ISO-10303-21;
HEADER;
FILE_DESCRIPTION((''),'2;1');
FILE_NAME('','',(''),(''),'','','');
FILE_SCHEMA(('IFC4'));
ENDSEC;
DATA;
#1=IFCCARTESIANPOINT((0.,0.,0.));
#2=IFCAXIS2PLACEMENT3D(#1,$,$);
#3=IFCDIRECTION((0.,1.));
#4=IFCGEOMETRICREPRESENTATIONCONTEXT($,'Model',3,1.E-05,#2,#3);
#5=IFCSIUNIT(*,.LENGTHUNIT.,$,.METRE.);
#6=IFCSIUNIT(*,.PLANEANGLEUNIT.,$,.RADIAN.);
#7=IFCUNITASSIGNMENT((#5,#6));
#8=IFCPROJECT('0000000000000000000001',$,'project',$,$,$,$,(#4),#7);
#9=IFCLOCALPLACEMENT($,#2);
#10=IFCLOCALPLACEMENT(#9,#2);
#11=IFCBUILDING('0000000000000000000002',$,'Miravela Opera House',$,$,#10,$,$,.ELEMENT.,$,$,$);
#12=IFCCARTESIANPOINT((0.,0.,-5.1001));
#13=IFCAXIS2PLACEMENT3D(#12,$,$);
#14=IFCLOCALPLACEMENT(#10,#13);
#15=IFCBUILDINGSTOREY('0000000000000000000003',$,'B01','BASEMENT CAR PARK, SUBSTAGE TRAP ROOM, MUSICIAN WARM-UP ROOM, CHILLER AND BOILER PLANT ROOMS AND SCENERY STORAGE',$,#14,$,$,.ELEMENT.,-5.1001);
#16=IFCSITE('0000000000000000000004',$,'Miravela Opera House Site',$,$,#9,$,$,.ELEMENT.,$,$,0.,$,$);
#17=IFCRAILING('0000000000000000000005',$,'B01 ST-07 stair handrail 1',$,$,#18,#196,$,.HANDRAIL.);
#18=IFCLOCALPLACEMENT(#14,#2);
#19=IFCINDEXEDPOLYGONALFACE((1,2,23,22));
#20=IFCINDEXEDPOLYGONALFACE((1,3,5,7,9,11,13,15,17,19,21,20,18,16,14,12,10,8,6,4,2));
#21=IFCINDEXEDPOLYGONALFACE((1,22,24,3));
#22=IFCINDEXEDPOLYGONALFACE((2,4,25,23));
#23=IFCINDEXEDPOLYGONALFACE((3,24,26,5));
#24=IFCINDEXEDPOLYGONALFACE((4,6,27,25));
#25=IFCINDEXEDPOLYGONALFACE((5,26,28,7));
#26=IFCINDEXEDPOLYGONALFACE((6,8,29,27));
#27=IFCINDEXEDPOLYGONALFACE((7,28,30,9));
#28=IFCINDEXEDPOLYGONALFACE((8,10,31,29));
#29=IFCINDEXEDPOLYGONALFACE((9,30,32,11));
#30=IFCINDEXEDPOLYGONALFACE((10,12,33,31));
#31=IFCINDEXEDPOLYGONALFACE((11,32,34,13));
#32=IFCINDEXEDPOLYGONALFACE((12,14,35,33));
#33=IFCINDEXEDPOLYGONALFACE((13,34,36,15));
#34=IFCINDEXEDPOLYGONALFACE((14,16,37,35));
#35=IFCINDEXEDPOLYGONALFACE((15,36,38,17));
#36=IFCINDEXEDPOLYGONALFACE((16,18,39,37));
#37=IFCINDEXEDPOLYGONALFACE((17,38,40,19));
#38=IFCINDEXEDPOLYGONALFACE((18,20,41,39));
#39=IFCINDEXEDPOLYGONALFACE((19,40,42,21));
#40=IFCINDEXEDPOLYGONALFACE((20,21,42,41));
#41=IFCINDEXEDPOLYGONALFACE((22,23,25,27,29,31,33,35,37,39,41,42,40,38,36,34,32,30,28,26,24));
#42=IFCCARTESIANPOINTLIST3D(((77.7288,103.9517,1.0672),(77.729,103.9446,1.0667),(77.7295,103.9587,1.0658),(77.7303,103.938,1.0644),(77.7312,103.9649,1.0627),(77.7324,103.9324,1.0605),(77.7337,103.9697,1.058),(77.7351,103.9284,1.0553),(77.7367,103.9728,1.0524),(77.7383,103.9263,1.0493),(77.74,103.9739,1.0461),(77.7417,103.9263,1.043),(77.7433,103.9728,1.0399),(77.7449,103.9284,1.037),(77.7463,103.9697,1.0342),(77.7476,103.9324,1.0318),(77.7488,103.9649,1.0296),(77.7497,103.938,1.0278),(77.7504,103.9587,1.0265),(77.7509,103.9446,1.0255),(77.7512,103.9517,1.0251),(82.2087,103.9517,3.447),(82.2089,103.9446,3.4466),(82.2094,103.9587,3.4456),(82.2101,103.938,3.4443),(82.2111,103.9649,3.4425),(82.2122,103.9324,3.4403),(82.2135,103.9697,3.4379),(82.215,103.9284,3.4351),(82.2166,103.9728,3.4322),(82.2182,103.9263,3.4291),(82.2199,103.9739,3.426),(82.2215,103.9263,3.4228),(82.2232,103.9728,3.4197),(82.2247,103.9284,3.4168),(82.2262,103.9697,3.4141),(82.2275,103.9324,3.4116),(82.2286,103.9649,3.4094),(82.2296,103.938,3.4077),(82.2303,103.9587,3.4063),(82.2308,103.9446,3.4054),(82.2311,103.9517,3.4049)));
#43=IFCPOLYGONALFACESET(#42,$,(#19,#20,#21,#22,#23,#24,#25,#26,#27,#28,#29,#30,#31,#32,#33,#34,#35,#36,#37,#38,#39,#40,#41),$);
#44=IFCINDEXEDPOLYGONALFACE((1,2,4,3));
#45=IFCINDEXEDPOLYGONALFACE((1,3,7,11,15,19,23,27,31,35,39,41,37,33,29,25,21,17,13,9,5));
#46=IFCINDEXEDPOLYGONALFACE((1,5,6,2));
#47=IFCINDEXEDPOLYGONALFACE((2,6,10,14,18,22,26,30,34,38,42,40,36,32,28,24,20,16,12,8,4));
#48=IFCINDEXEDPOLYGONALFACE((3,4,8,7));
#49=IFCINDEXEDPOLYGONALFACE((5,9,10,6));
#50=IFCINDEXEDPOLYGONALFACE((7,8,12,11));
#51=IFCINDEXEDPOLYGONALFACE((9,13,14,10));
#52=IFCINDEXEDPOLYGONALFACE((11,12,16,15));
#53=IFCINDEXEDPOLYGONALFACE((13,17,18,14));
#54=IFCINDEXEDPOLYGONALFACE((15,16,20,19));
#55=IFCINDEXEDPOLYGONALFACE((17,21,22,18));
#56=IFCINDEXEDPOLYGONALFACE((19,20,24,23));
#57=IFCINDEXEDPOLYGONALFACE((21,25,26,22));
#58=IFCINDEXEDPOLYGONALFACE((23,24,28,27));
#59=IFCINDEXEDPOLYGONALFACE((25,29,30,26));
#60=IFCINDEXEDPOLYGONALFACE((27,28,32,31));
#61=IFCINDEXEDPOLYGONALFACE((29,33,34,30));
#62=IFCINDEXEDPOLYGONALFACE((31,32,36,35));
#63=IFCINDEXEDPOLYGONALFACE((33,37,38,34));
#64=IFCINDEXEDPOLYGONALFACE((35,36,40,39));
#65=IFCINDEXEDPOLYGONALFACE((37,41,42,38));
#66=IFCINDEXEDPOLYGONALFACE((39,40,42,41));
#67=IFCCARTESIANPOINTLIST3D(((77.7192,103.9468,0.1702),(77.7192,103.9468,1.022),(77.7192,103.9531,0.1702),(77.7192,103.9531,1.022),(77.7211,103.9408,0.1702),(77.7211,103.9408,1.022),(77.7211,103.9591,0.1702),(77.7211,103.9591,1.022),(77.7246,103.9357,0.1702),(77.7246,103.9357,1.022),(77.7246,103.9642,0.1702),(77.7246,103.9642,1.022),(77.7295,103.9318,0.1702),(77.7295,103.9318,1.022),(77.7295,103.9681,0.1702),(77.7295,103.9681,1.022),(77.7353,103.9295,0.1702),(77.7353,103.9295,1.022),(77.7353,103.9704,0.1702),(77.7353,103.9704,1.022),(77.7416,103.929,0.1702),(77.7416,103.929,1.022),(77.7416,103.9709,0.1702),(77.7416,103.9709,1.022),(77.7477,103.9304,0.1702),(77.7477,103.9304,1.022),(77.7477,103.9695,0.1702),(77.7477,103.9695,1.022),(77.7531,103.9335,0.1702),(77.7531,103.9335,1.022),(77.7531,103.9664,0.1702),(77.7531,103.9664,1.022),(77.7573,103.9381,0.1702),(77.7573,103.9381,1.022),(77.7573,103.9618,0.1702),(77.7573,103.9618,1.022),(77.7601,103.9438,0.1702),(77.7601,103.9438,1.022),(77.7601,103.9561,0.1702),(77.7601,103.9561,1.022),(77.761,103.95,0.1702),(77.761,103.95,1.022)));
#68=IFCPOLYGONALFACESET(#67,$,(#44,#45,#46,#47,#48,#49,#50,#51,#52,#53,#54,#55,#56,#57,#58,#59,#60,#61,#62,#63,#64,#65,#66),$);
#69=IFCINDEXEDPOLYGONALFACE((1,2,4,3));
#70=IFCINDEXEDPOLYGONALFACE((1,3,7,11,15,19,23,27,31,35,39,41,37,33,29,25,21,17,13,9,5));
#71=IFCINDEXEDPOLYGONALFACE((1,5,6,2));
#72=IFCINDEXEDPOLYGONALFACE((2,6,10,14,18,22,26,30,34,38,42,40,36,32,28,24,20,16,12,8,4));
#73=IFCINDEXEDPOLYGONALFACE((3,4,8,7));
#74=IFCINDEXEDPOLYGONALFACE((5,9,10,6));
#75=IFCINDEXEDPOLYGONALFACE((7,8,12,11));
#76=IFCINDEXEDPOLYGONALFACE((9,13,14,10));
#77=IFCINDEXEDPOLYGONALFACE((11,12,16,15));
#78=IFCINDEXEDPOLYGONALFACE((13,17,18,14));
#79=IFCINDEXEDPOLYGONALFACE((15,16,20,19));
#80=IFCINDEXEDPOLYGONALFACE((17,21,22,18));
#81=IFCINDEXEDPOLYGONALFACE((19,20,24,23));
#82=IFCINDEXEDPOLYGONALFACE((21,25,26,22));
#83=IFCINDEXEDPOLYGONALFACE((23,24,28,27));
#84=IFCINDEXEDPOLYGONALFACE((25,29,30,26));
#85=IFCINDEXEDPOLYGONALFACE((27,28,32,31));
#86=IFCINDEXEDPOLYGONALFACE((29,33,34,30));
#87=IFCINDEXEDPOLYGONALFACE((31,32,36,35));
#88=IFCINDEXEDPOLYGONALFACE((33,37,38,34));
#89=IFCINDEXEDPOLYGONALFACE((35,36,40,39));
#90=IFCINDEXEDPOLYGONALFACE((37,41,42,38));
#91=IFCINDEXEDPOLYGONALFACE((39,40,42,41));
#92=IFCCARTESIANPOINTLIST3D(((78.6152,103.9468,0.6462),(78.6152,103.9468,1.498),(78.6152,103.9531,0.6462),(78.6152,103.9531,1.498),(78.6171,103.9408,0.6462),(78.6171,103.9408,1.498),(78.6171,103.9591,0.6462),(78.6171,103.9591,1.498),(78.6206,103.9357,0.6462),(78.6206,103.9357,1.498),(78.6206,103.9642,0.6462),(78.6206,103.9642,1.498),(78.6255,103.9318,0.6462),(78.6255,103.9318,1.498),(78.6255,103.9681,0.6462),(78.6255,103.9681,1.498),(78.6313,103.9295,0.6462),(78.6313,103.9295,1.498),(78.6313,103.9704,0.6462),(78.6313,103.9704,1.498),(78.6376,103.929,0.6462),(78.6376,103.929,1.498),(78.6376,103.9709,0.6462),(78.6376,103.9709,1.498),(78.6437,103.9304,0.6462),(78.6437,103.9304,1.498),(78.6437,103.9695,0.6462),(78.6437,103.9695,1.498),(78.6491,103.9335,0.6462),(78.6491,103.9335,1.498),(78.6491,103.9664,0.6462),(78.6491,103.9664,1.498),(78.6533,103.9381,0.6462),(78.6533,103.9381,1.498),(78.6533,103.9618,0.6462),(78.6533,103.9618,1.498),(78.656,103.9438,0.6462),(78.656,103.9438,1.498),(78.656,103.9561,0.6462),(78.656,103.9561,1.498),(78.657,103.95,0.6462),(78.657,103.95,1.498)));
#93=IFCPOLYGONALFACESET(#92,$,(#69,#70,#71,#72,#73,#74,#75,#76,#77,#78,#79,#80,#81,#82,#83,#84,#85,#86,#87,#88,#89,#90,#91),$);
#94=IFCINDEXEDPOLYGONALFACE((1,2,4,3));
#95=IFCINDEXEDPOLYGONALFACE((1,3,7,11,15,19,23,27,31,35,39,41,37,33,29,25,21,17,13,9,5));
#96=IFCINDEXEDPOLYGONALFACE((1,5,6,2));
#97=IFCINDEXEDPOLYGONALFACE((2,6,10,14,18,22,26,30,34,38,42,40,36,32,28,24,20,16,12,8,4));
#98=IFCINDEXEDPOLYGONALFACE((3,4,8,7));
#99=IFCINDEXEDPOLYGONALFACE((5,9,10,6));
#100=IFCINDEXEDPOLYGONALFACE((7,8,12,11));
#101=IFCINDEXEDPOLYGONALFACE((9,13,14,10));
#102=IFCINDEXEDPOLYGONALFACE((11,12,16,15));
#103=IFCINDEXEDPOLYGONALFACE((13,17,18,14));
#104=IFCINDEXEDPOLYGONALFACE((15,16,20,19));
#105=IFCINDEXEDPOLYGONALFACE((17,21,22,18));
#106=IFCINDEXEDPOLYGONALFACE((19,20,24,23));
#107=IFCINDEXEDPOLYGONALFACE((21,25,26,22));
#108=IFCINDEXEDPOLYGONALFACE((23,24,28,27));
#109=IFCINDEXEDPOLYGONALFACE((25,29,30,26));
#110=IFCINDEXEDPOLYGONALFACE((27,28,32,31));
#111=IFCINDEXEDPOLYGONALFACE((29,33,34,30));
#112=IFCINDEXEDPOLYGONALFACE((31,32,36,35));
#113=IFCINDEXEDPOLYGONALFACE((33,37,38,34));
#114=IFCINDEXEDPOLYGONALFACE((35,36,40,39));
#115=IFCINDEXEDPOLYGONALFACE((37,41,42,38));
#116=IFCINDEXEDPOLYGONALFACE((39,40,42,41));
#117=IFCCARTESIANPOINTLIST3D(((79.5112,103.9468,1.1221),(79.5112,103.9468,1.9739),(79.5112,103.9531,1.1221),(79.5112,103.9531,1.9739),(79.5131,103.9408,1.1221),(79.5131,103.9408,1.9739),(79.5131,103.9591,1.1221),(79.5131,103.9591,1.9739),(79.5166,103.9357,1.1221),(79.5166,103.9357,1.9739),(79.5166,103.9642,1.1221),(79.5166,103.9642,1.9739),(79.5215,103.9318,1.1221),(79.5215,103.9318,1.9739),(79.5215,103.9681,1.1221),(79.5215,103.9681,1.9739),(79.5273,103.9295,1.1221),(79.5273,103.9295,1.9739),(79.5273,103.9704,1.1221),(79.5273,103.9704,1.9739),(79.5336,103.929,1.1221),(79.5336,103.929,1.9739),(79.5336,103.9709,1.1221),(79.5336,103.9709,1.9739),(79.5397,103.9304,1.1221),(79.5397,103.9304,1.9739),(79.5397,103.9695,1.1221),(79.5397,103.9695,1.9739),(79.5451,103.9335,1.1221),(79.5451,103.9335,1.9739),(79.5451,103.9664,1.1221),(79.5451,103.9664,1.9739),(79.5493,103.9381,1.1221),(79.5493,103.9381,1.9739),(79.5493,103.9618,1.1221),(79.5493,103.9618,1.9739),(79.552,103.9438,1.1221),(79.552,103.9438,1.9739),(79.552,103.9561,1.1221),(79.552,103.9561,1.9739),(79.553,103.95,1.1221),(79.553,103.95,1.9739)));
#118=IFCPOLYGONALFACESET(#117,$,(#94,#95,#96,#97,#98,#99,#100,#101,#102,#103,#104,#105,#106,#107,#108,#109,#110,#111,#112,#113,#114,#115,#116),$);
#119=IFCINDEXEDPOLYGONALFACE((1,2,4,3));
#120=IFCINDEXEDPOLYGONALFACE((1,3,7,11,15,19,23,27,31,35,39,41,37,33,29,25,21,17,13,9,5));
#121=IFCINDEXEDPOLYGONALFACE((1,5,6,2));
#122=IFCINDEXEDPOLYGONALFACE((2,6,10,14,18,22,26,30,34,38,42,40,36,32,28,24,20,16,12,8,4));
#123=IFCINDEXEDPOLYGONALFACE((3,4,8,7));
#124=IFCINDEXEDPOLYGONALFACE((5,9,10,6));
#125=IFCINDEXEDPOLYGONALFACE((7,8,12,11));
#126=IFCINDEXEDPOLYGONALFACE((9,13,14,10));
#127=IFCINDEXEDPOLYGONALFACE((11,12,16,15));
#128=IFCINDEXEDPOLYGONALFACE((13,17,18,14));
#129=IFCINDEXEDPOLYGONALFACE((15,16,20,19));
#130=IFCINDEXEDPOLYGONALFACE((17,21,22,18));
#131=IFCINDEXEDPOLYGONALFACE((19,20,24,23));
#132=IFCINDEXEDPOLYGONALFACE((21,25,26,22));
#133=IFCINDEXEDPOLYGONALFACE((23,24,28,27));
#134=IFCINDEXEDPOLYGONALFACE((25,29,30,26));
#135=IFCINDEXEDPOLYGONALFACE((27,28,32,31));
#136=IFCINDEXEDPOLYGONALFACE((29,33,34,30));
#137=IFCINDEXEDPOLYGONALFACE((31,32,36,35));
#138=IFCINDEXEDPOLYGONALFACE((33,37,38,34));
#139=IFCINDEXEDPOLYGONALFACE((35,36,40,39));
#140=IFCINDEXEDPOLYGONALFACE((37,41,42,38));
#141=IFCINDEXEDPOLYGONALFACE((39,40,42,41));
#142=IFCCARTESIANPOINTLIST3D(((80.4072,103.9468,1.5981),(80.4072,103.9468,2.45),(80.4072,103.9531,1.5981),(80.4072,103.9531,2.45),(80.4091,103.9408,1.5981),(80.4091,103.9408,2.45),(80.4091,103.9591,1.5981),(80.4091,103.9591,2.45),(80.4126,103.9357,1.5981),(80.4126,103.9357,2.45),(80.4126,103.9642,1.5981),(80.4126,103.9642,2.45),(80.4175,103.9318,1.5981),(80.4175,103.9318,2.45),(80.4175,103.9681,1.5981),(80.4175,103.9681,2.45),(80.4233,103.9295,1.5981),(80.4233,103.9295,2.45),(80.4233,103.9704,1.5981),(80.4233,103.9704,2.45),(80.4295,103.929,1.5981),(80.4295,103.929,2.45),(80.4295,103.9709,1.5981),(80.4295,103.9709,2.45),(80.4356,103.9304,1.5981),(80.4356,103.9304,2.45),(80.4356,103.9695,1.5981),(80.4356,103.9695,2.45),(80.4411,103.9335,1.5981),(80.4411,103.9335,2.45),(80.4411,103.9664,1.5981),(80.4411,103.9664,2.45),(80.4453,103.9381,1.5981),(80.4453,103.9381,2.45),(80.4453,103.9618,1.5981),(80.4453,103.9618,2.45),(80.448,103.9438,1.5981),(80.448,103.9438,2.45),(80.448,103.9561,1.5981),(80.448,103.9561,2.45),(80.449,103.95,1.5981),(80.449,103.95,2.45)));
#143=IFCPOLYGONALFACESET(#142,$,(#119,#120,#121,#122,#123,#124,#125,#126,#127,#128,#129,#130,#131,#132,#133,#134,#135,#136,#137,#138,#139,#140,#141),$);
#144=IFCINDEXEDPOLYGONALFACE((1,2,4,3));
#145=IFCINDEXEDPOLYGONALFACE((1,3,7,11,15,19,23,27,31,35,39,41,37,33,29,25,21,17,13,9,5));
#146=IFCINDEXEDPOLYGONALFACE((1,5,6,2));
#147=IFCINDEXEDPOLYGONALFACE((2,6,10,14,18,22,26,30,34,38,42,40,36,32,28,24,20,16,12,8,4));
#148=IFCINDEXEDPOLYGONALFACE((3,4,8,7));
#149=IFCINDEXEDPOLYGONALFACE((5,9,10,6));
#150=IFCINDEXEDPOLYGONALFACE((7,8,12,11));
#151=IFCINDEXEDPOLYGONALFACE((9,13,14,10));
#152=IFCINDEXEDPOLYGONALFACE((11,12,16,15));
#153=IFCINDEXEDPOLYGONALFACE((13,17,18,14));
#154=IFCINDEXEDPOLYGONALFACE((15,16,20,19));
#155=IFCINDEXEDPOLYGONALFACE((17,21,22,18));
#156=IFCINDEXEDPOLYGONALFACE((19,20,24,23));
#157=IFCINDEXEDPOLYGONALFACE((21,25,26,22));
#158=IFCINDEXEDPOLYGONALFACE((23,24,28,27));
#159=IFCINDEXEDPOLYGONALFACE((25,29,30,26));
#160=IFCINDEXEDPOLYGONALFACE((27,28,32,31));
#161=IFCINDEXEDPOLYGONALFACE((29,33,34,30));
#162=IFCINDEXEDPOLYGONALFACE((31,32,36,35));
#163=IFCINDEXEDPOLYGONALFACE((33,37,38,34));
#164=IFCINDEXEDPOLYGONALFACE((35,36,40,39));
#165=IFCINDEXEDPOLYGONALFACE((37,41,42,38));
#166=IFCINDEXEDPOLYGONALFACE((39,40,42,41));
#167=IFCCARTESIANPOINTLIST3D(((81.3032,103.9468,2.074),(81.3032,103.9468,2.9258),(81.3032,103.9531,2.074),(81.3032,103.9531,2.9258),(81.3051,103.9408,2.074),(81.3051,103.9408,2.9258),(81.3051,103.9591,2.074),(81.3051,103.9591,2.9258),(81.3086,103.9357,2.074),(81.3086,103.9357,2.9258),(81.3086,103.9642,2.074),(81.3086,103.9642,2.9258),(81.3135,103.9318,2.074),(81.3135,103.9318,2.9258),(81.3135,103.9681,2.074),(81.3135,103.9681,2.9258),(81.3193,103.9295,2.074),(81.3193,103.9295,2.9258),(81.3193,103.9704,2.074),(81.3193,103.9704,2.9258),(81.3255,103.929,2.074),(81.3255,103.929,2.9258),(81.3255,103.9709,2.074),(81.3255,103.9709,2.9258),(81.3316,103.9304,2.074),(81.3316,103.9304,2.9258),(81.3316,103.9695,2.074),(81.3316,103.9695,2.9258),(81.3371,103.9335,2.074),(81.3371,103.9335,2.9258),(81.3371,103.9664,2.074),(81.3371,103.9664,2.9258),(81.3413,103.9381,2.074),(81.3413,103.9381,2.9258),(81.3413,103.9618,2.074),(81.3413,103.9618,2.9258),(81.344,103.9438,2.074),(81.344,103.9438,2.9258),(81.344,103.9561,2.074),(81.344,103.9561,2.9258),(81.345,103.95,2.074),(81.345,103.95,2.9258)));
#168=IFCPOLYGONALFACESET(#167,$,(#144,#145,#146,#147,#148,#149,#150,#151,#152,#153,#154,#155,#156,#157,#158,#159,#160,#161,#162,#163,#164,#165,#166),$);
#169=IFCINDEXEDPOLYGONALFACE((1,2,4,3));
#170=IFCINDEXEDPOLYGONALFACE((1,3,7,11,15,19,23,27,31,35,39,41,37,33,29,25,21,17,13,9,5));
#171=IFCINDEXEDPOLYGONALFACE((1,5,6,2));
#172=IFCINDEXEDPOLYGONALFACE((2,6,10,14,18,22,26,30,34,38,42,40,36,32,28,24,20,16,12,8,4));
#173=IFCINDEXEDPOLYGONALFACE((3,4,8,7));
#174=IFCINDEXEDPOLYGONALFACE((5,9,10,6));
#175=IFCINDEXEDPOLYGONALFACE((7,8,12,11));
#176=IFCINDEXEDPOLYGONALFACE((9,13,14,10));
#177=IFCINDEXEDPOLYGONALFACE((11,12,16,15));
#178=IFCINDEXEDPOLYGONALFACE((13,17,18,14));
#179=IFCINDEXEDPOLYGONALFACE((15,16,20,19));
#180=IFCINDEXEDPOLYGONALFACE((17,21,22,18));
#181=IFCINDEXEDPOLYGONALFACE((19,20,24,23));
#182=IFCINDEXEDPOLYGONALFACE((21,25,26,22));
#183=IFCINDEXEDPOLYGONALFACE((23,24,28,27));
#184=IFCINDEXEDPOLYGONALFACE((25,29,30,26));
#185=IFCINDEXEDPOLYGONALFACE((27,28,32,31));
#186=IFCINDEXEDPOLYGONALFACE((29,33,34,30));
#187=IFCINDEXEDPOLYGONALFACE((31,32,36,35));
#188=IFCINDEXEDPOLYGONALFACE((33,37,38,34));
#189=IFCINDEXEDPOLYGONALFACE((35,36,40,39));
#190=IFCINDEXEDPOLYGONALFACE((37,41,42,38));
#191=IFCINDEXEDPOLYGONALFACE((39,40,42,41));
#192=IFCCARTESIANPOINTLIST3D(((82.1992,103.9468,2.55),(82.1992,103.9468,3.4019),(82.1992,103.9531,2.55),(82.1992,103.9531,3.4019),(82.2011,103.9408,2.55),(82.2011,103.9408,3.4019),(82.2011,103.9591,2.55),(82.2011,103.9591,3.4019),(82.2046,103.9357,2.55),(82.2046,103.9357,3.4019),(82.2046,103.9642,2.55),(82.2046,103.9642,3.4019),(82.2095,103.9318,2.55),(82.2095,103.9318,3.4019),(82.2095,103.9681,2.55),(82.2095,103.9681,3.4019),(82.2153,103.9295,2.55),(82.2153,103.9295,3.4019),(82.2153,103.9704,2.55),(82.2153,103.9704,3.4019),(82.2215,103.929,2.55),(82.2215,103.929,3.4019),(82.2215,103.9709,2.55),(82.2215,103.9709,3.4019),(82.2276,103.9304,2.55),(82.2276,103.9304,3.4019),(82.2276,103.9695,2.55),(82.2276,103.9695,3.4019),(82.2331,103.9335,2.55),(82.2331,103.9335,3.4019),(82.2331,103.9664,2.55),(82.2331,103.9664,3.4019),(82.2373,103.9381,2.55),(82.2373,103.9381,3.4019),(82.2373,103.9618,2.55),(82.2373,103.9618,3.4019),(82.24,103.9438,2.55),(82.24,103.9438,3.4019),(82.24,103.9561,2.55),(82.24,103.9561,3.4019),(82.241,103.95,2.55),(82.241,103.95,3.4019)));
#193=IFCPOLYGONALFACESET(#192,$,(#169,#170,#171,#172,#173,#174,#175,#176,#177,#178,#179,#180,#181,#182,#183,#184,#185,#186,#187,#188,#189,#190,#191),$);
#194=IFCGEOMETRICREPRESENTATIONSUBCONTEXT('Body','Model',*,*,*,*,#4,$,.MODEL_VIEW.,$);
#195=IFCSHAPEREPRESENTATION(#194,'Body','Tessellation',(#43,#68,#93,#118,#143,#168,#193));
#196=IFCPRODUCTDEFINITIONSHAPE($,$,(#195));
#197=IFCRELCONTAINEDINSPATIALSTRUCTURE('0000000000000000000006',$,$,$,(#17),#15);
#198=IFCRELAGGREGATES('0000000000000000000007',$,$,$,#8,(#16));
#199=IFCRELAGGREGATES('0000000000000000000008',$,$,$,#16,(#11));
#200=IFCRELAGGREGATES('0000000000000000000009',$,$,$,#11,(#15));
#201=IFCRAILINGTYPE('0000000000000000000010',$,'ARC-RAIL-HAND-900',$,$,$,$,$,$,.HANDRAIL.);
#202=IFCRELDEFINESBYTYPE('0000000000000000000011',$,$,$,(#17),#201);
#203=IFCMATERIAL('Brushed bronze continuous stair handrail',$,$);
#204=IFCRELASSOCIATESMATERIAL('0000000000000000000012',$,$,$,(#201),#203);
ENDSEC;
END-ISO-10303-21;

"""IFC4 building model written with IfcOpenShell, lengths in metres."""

from ifc_helpers import new_model, si_unit, direction, frame, origin, origin_2d, place, context, subcontext, project, spatial, circle, extrude, material, type_object, element, save


model = new_model("IFC4")

# Units and contexts
model_context = context("Model", 3, precision=1e-05, world=origin(), true_north=direction((0.0, 1.0)))
body_context = subcontext(model_context, "Body", "Model", "MODEL_VIEW")
ifc_project = project(units=[si_unit("LENGTHUNIT", "METRE"), si_unit("PLANEANGLEUNIT", "RADIAN")], contexts=[model_context])

# Site, building, storey
site_placement = place(None, origin())
site = spatial("IfcSite", under=ifc_project, at=site_placement, Name="Miravela Opera House Site", CompositionType="ELEMENT", RefElevation=0.0)
building_placement = place(site_placement, origin())
building = spatial("IfcBuilding", under=site, at=building_placement, Name="Miravela Opera House", CompositionType="ELEMENT")
storey_placement = place(building_placement, frame((0.0, 0.0, -5.1001)))
storey = spatial("IfcBuildingStorey", under=building, at=storey_placement, Name="B01", Description="BASEMENT CAR PARK, SUBSTAGE TRAP ROOM, MUSICIAN WARM-UP ROOM, CHILLER AND BOILER PLANT ROOMS AND SCENERY STORAGE", CompositionType="ELEMENT", Elevation=-5.1001)

# Railing
ifc_material_1 = material(Name="Brushed bronze continuous stair handrail")
railing_type_1 = type_object("IfcRailingType", Name="ARC-RAIL-HAND-900", PredefinedType="HANDRAIL", material=ifc_material_1)
railing_1_placement = place(storey_placement, frame((77.74, 103.95, 0.1702)))
element("IfcRailing", 1, at=railing_1_placement, inside=storey, type_object=railing_type_1, Name="B01 ST-07 stair handrail 1", PredefinedType="HANDRAIL", context=body_context, shape_type="SweptSolid", body=[
    extrude(circle(Radius=0.0239, at=origin_2d()), frame((0.0, 0.0, 0.876), z_axis=(0.883124, 0.0, 0.469139), x_axis=(0.0, 1.0, 0.0)), (0.0, 0.0, 1.0), 5.0728),
    extrude(circle(Radius=0.021, at=origin_2d()), origin(), (0.0, 0.0, 1.0), 0.8518),
    extrude(circle(Radius=0.021, at=origin_2d()), frame((0.896, 0.0, 0.4761)), (0.0, 0.0, 1.0), 0.8518),
    extrude(circle(Radius=0.021, at=origin_2d()), frame((1.792, 0.0, 0.9519)), (0.0, 0.0, 1.0), 0.8518),
    extrude(circle(Radius=0.021, at=origin_2d()), frame((2.688, 0.0, 1.428)), (0.0, 0.0, 1.0), 0.8518),
    extrude(circle(Radius=0.021, at=origin_2d()), frame((3.584, 0.0, 1.9038)), (0.0, 0.0, 1.0), 0.8518),
    extrude(circle(Radius=0.021, at=origin_2d()), frame((4.48, 0.0, 2.3799)), (0.0, 0.0, 1.0), 0.8518),
])

save(model, "model.ifc")
